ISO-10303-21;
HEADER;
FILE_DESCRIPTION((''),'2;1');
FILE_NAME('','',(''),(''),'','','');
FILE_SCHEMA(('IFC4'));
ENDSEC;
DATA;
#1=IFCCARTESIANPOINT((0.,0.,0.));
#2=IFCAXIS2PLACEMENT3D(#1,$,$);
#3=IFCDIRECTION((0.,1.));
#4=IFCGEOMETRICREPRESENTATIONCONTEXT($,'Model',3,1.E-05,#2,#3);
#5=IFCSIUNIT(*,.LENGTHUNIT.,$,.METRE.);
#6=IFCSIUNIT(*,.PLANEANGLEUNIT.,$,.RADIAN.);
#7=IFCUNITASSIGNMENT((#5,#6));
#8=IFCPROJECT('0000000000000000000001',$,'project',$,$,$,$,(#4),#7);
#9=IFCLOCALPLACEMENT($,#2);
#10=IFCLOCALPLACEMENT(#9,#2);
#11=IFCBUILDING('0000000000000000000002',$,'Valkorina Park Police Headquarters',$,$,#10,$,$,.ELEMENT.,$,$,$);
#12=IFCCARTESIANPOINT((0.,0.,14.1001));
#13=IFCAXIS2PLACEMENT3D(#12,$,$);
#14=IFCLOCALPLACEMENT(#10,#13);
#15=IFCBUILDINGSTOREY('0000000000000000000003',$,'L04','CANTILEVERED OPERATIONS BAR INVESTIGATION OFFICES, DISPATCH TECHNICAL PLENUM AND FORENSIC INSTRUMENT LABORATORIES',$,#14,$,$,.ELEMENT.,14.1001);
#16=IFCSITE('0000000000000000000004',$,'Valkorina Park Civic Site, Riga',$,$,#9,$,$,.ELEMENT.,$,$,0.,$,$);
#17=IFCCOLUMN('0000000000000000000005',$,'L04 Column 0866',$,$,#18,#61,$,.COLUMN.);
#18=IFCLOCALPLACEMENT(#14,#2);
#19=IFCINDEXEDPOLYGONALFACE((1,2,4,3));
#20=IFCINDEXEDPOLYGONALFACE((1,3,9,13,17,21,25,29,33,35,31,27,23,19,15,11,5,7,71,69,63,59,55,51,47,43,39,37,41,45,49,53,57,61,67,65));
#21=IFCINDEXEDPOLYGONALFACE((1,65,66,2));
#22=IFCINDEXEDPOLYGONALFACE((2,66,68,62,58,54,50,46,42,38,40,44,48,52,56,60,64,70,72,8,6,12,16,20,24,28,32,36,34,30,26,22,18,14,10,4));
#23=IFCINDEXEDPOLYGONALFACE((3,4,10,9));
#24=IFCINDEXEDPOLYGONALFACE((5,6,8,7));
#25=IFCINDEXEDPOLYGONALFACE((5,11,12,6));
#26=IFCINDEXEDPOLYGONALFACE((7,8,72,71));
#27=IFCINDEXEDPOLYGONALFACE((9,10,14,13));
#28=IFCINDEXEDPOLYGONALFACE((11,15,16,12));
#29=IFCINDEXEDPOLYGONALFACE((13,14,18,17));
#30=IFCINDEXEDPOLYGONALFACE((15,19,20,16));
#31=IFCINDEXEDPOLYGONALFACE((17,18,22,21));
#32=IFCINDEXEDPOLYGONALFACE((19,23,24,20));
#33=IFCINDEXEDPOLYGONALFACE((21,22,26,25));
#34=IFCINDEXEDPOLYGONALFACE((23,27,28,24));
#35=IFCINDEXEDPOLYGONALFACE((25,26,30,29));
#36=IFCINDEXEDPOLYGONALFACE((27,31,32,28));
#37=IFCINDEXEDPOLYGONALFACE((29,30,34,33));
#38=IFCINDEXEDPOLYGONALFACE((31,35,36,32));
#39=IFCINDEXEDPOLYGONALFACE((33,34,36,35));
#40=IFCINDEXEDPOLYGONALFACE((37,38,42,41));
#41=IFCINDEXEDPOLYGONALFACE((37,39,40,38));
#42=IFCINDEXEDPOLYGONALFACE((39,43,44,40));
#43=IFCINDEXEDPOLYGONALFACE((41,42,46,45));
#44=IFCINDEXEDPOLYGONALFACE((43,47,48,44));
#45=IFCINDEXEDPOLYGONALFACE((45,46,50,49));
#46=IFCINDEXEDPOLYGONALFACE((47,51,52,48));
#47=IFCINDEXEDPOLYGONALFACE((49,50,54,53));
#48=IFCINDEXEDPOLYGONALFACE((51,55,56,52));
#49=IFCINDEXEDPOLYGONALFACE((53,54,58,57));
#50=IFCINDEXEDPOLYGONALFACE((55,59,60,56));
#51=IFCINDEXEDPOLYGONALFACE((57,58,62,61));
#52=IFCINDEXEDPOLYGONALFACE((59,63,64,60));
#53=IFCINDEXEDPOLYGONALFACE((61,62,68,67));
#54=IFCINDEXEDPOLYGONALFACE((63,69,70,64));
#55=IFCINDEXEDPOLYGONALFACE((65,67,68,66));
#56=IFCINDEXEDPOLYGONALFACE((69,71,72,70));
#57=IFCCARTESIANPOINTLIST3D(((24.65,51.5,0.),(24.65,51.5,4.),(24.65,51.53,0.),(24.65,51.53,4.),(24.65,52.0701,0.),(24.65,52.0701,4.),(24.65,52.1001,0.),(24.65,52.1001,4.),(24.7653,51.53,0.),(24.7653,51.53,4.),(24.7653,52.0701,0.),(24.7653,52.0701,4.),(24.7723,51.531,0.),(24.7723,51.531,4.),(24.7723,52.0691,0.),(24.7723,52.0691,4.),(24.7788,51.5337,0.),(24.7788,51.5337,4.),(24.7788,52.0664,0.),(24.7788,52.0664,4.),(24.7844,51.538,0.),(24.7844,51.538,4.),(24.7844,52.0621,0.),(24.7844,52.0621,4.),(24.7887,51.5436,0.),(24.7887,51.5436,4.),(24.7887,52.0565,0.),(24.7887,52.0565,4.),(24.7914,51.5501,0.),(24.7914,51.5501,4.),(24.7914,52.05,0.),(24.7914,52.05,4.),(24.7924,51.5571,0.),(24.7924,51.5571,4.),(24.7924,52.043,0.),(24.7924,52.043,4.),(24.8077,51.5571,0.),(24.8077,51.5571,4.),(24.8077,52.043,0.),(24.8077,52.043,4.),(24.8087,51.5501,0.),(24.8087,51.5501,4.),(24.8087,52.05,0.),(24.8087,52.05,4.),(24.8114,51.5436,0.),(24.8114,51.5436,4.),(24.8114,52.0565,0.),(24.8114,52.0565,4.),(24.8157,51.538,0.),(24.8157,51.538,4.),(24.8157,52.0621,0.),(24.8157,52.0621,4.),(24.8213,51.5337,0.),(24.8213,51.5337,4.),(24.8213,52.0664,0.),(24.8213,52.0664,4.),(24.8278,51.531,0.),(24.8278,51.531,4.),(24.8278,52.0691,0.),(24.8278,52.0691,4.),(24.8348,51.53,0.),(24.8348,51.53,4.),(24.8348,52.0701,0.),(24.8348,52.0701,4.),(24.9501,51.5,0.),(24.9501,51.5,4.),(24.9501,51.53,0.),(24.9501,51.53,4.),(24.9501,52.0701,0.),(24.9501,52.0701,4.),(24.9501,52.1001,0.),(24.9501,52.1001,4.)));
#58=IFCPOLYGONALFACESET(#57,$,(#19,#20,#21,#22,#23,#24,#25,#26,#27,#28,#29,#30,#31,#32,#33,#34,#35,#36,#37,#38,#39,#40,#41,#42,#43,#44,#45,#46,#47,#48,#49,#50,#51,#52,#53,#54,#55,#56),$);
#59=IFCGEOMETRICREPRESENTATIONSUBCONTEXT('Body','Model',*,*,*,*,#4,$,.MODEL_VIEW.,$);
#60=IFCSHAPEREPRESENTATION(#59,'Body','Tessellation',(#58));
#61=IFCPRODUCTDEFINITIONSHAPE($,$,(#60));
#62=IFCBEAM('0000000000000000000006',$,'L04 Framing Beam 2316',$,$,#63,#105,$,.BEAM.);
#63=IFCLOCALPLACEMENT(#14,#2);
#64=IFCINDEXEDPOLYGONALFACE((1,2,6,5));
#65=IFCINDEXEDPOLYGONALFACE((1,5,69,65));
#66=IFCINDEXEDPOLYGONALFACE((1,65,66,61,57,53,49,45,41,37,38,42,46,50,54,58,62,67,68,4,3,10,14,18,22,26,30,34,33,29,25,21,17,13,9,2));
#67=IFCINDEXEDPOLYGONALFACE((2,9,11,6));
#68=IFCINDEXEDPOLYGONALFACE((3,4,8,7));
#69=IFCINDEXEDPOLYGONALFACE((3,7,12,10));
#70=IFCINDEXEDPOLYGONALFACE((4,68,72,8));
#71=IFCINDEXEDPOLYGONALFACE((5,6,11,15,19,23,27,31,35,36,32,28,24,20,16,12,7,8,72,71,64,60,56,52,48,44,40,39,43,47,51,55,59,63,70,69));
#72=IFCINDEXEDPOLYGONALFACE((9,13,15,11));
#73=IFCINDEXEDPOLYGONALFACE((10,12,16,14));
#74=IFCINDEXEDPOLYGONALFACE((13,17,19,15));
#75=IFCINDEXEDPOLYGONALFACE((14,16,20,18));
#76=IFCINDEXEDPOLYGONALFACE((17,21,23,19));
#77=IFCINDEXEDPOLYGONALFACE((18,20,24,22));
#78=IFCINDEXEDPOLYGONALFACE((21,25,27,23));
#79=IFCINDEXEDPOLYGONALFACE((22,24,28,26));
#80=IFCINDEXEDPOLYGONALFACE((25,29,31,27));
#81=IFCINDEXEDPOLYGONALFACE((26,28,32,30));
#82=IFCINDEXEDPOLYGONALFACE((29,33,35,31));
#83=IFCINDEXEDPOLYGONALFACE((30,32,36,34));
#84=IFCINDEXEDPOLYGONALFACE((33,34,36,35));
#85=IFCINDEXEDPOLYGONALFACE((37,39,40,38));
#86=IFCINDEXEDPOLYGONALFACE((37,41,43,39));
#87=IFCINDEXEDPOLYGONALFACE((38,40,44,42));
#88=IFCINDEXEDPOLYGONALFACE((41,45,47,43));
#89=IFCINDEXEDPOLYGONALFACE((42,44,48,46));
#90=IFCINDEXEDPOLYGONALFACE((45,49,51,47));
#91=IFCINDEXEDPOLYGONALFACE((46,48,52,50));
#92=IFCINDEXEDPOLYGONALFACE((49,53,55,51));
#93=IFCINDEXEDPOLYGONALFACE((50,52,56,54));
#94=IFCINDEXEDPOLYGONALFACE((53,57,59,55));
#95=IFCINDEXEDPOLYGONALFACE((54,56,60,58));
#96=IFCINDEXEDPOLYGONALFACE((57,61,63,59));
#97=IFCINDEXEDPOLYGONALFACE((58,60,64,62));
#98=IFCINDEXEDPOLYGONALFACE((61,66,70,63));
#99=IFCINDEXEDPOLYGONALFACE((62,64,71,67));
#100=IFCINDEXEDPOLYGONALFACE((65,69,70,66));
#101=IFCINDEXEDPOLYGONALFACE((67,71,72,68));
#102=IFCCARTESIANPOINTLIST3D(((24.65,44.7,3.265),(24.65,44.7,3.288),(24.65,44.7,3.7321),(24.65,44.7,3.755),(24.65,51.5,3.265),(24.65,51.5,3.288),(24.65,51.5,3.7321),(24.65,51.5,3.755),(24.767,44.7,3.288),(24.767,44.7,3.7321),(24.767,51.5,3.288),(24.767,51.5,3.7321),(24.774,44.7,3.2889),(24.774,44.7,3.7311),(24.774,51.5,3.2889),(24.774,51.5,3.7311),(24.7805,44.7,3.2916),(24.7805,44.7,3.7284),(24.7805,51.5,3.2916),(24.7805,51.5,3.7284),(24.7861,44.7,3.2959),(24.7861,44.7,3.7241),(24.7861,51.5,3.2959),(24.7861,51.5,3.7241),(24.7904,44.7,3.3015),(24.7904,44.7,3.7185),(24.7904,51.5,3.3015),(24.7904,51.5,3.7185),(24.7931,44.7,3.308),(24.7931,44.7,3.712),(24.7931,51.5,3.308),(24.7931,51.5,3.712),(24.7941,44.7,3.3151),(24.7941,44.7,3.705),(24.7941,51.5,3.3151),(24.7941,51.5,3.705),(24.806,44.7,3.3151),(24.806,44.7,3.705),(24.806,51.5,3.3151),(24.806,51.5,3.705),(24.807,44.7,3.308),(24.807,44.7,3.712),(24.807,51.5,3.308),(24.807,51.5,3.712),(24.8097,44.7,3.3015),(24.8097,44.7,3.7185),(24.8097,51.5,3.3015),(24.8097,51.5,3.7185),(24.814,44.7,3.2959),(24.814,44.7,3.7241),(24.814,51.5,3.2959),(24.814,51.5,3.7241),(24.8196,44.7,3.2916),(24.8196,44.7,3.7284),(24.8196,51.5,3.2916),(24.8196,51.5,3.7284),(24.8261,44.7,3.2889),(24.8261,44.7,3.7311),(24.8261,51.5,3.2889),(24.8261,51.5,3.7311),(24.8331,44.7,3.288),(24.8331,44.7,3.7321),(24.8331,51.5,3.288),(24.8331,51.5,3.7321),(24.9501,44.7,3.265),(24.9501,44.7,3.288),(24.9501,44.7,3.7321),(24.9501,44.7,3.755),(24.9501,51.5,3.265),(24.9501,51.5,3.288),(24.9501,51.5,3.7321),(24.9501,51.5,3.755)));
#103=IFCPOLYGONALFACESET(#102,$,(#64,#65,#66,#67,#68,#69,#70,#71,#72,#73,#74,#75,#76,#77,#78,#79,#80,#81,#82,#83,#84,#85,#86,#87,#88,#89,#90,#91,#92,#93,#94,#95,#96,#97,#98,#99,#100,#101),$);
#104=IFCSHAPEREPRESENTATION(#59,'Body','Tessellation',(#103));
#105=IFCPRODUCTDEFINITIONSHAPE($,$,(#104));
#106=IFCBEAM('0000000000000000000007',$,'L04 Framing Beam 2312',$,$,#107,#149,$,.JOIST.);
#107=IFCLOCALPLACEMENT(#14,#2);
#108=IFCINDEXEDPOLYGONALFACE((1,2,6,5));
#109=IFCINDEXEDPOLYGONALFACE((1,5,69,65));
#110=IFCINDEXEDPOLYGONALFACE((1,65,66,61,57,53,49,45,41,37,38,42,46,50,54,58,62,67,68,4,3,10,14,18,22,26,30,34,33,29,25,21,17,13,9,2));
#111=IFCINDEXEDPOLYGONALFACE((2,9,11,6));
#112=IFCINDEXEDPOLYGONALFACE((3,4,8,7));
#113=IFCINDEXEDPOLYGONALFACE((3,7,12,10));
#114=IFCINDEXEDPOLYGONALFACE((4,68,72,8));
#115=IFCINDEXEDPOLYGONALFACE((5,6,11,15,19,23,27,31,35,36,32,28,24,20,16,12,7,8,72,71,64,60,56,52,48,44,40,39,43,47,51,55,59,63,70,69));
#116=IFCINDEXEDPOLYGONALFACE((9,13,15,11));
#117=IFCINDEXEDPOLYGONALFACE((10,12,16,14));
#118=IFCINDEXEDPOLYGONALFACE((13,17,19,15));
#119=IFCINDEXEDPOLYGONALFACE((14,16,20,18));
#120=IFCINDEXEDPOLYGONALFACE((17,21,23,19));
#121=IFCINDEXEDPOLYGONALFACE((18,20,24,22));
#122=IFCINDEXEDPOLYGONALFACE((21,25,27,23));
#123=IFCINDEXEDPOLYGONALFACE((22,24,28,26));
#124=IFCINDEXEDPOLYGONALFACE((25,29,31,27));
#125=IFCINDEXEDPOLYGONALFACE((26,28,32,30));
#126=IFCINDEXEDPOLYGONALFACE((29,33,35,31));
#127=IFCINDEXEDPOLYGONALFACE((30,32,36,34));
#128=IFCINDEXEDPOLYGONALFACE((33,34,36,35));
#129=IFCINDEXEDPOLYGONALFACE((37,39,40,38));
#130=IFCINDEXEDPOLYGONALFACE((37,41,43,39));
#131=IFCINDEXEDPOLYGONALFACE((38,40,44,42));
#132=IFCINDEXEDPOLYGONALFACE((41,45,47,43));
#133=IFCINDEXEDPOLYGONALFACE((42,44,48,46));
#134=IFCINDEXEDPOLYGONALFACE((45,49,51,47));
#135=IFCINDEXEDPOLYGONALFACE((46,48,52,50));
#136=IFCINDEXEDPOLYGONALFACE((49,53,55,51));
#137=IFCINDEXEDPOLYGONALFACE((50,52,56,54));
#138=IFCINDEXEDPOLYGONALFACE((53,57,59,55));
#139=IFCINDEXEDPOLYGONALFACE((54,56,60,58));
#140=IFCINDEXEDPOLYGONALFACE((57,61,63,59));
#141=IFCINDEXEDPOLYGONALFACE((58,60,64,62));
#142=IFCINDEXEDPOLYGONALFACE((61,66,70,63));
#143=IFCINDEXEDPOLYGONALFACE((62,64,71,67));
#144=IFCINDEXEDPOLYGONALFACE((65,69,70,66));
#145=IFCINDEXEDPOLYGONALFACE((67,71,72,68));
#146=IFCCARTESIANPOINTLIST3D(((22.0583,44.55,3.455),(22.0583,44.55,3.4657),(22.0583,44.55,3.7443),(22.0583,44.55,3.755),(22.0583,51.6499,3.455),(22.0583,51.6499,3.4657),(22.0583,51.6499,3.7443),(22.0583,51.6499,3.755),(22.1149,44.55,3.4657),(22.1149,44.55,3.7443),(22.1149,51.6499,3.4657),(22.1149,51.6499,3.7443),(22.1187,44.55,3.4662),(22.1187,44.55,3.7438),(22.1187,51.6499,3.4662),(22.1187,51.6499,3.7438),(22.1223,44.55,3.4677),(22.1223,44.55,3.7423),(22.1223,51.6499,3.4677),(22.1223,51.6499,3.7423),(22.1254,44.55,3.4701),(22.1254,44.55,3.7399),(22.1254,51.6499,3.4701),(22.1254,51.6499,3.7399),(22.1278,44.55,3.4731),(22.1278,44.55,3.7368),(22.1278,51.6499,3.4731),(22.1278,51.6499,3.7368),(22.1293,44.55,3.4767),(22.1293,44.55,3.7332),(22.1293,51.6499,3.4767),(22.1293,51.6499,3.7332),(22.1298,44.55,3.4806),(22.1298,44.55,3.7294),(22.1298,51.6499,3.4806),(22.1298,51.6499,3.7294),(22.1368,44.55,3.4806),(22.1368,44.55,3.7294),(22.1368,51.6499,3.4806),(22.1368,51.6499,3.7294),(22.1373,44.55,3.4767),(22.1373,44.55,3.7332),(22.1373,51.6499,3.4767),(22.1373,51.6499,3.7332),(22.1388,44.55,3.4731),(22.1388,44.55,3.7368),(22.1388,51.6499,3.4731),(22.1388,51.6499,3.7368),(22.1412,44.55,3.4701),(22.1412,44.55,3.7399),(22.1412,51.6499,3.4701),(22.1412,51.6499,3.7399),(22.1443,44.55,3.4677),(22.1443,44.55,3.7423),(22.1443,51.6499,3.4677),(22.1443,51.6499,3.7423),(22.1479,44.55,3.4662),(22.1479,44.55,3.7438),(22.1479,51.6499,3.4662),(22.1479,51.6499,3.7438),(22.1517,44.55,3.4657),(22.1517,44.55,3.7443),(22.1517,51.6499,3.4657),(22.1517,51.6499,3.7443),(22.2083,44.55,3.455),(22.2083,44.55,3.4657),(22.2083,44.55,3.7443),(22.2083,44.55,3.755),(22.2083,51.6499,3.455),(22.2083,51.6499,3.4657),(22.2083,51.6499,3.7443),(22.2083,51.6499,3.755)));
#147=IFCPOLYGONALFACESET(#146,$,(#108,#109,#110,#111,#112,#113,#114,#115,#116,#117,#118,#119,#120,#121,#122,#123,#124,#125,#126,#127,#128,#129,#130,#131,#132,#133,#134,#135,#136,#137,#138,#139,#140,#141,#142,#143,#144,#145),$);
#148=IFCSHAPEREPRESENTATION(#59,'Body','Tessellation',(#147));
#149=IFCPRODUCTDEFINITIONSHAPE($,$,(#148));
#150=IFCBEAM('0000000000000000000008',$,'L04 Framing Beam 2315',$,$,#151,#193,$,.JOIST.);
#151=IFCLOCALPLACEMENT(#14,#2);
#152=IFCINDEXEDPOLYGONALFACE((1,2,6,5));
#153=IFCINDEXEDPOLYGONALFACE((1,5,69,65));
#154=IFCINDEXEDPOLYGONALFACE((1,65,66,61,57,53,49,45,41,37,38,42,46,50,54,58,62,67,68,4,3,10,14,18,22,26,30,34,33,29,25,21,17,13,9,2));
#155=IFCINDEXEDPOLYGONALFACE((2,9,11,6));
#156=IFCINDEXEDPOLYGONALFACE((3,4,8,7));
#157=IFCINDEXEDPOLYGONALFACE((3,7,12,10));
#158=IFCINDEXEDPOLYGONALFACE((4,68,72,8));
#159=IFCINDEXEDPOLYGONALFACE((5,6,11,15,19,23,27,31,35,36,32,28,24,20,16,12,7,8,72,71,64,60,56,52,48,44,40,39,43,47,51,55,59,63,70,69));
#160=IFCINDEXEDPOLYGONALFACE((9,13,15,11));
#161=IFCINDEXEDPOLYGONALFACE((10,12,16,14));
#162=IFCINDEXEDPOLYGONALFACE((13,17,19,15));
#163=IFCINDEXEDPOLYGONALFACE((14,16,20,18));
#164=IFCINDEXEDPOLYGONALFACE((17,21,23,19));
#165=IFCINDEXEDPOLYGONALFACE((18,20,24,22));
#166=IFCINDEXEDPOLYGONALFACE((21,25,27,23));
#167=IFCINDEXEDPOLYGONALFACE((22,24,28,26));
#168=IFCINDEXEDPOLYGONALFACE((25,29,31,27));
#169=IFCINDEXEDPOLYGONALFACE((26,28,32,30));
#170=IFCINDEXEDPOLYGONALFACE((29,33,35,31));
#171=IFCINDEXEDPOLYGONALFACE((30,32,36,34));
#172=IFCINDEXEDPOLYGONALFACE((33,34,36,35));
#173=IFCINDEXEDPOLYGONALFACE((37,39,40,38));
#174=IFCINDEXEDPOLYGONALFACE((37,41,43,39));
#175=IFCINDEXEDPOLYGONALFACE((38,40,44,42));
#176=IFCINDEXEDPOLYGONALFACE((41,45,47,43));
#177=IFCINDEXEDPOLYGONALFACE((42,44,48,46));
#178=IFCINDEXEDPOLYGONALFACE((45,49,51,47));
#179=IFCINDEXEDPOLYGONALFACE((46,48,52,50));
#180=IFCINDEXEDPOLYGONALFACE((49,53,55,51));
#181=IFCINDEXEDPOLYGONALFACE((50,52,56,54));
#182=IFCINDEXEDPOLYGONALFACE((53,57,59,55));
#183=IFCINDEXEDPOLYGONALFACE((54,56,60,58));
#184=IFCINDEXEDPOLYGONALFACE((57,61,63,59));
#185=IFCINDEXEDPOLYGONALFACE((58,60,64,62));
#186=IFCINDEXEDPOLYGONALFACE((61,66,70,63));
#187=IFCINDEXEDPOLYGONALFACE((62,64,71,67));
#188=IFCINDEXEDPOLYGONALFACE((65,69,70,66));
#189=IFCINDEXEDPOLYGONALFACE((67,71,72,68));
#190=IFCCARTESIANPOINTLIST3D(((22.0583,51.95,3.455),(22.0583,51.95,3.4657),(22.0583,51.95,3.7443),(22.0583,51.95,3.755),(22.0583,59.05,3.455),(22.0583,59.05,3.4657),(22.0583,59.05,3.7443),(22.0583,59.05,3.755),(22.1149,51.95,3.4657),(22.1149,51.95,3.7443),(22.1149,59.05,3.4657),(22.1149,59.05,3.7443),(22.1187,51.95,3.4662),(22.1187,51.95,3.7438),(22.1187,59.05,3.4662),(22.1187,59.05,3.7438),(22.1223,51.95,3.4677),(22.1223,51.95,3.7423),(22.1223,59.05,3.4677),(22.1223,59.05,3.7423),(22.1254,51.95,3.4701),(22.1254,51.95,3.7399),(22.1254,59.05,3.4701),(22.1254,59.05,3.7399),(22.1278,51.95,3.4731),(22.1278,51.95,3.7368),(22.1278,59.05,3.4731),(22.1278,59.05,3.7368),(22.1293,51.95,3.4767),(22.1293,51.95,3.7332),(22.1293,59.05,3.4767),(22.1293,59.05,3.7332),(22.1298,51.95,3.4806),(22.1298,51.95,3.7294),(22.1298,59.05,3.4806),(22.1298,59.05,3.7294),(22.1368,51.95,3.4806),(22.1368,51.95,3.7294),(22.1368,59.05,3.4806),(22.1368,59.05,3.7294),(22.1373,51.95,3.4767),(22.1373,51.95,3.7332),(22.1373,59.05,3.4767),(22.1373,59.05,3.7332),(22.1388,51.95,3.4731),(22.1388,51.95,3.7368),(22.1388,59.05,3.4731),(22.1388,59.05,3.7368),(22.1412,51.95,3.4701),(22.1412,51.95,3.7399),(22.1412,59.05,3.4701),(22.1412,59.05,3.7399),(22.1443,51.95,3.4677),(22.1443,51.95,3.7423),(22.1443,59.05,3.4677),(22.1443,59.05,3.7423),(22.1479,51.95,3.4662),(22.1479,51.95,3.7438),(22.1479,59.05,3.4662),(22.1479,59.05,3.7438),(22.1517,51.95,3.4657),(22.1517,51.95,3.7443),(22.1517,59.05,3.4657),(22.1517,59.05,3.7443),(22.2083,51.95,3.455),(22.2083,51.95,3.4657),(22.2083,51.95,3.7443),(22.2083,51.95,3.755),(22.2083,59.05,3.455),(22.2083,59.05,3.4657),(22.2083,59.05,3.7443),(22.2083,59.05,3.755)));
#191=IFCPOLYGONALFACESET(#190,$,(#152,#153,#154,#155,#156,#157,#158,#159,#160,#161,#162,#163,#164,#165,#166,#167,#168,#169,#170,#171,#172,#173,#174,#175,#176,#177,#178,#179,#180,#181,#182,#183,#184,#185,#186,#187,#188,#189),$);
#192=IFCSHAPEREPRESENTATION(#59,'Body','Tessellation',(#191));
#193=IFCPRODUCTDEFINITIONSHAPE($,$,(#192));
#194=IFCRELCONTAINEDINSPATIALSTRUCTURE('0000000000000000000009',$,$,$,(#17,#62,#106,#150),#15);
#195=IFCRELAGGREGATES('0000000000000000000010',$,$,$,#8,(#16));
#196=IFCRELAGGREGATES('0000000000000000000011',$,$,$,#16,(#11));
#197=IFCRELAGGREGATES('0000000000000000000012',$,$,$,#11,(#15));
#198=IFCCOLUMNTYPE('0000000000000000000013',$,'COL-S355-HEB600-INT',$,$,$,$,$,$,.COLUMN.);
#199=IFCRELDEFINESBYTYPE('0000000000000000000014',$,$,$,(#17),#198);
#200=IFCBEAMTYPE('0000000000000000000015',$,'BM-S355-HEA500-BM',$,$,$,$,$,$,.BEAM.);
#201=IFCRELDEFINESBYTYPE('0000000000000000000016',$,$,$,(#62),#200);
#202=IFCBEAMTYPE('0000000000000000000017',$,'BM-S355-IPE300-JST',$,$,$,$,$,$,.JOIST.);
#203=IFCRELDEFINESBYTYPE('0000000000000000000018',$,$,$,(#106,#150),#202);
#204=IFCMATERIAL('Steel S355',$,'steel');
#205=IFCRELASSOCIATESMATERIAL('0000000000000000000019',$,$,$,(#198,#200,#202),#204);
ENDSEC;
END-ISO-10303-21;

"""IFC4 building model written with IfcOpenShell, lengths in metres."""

from ifc_helpers import new_model, si_unit, direction, frame, origin, origin_2d, place, context, subcontext, project, spatial, i_section, extrude, material, material_profile, profile_set, type_object, element, save


model = new_model("IFC4")

# Units and contexts
model_context = context("Model", 3, precision=1e-05, world=origin(), true_north=direction((0.0, 1.0)))
body_context = subcontext(model_context, "Body", "Model", "MODEL_VIEW")
ifc_project = project(units=[si_unit("LENGTHUNIT", "METRE"), si_unit("PLANEANGLEUNIT", "RADIAN")], contexts=[model_context])

# Site, building, storey
site_placement = place(None, origin())
site = spatial("IfcSite", under=ifc_project, at=site_placement, Name="Valkorina Park Civic Site, Riga", CompositionType="ELEMENT", RefElevation=0.0)
building_placement = place(site_placement, origin())
building = spatial("IfcBuilding", under=site, at=building_placement, Name="Valkorina Park Police Headquarters", CompositionType="ELEMENT")
storey_placement = place(building_placement, frame((0.0, 0.0, 14.1001)))
storey = spatial("IfcBuildingStorey", under=building, at=storey_placement, Name="L04", Description="CANTILEVERED OPERATIONS BAR INVESTIGATION OFFICES, DISPATCH TECHNICAL PLENUM AND FORENSIC INSTRUMENT LABORATORIES", CompositionType="ELEMENT", Elevation=14.1001)

# Column
ifc_material = material(Name="Steel S355", Category="steel")
ifc_material_profile_1 = material_profile(ifc_material, i_section(OverallWidth=0.3, OverallDepth=0.6001, WebThickness=0.0154, FlangeThickness=0.03, FilletRadius=0.0271, at=origin_2d()), Name="HEB 600")
ifc_profile_set_1 = profile_set([ifc_material_profile_1], Name="Steel S355")
column_type = type_object("IfcColumnType", Name="COL-S355-HEB600-INT", PredefinedType="COLUMN", material=ifc_profile_set_1)
column_placement = place(storey_placement, frame((24.8, 51.8, 0.0), z_axis=(0.0, 0.0, 1.0), x_axis=(1.0, 0.0, 0.0)))
element("IfcColumn", 1, at=column_placement, inside=storey, type_object=column_type, Name="L04 Column 0866", PredefinedType="COLUMN", context=body_context, shape_type="SweptSolid", body=[
    extrude(i_section(OverallWidth=0.3, OverallDepth=0.6001, WebThickness=0.0154, FlangeThickness=0.03, FilletRadius=0.0271, at=origin_2d()), origin(), (0.0, 0.0, 1.0), 4.0),
])

# Beams
ifc_material_profile_2 = material_profile(ifc_material, i_section(OverallWidth=0.3, OverallDepth=0.49, WebThickness=0.012, FlangeThickness=0.0229, FilletRadius=0.0271, at=origin_2d()), Name="HEA 500")
ifc_profile_set_2 = profile_set([ifc_material_profile_2], Name="Steel S355")
beam_type_1 = type_object("IfcBeamType", Name="BM-S355-HEA500-BM", PredefinedType="BEAM", material=ifc_profile_set_2)
beam_1_placement = place(storey_placement, frame((24.8, 44.7, 3.51), z_axis=(0.0, 1.0, 0.0), x_axis=(-1.0, 0.0, 0.0)))
element("IfcBeam", 2, at=beam_1_placement, inside=storey, type_object=beam_type_1, Name="L04 Framing Beam 2316", PredefinedType="BEAM", context=body_context, shape_type="SweptSolid", body=[
    extrude(i_section(OverallWidth=0.3, OverallDepth=0.49, WebThickness=0.012, FlangeThickness=0.0229, FilletRadius=0.0271, at=origin_2d()), origin(), (0.0, 0.0, 1.0), 6.8),
])
ifc_material_profile_3 = material_profile(ifc_material, i_section(OverallWidth=0.1499, OverallDepth=0.3, WebThickness=0.0071, FlangeThickness=0.0107, FilletRadius=0.0149, at=origin_2d()), Name="IPE 300")
ifc_profile_set_3 = profile_set([ifc_material_profile_3], Name="Steel S355")
beam_type_2 = type_object("IfcBeamType", Name="BM-S355-IPE300-JST", PredefinedType="JOIST", material=ifc_profile_set_3)
beam_2_placement = place(storey_placement, frame((22.1333, 44.55, 3.605), z_axis=(0.0, 1.0, 0.0), x_axis=(-1.0, 0.0, 0.0)))
element("IfcBeam", 3, at=beam_2_placement, inside=storey, type_object=beam_type_2, Name="L04 Framing Beam 2312", PredefinedType="JOIST", context=body_context, shape_type="SweptSolid", body=[
    extrude(i_section(OverallWidth=0.1499, OverallDepth=0.3, WebThickness=0.0071, FlangeThickness=0.0107, FilletRadius=0.0149, at=origin_2d()), origin(), (0.0, 0.0, 1.0), 7.0999),
])
beam_3_placement = place(storey_placement, frame((22.1333, 51.95, 3.605), z_axis=(0.0, 1.0, 0.0), x_axis=(-1.0, 0.0, 0.0)))
element("IfcBeam", 4, at=beam_3_placement, inside=storey, type_object=beam_type_2, Name="L04 Framing Beam 2315", PredefinedType="JOIST", context=body_context, shape_type="SweptSolid", body=[
    extrude(i_section(OverallWidth=0.1499, OverallDepth=0.3, WebThickness=0.0071, FlangeThickness=0.0107, FilletRadius=0.0149, at=origin_2d()), origin(), (0.0, 0.0, 1.0), 7.1001),
])

save(model, "model.ifc")
